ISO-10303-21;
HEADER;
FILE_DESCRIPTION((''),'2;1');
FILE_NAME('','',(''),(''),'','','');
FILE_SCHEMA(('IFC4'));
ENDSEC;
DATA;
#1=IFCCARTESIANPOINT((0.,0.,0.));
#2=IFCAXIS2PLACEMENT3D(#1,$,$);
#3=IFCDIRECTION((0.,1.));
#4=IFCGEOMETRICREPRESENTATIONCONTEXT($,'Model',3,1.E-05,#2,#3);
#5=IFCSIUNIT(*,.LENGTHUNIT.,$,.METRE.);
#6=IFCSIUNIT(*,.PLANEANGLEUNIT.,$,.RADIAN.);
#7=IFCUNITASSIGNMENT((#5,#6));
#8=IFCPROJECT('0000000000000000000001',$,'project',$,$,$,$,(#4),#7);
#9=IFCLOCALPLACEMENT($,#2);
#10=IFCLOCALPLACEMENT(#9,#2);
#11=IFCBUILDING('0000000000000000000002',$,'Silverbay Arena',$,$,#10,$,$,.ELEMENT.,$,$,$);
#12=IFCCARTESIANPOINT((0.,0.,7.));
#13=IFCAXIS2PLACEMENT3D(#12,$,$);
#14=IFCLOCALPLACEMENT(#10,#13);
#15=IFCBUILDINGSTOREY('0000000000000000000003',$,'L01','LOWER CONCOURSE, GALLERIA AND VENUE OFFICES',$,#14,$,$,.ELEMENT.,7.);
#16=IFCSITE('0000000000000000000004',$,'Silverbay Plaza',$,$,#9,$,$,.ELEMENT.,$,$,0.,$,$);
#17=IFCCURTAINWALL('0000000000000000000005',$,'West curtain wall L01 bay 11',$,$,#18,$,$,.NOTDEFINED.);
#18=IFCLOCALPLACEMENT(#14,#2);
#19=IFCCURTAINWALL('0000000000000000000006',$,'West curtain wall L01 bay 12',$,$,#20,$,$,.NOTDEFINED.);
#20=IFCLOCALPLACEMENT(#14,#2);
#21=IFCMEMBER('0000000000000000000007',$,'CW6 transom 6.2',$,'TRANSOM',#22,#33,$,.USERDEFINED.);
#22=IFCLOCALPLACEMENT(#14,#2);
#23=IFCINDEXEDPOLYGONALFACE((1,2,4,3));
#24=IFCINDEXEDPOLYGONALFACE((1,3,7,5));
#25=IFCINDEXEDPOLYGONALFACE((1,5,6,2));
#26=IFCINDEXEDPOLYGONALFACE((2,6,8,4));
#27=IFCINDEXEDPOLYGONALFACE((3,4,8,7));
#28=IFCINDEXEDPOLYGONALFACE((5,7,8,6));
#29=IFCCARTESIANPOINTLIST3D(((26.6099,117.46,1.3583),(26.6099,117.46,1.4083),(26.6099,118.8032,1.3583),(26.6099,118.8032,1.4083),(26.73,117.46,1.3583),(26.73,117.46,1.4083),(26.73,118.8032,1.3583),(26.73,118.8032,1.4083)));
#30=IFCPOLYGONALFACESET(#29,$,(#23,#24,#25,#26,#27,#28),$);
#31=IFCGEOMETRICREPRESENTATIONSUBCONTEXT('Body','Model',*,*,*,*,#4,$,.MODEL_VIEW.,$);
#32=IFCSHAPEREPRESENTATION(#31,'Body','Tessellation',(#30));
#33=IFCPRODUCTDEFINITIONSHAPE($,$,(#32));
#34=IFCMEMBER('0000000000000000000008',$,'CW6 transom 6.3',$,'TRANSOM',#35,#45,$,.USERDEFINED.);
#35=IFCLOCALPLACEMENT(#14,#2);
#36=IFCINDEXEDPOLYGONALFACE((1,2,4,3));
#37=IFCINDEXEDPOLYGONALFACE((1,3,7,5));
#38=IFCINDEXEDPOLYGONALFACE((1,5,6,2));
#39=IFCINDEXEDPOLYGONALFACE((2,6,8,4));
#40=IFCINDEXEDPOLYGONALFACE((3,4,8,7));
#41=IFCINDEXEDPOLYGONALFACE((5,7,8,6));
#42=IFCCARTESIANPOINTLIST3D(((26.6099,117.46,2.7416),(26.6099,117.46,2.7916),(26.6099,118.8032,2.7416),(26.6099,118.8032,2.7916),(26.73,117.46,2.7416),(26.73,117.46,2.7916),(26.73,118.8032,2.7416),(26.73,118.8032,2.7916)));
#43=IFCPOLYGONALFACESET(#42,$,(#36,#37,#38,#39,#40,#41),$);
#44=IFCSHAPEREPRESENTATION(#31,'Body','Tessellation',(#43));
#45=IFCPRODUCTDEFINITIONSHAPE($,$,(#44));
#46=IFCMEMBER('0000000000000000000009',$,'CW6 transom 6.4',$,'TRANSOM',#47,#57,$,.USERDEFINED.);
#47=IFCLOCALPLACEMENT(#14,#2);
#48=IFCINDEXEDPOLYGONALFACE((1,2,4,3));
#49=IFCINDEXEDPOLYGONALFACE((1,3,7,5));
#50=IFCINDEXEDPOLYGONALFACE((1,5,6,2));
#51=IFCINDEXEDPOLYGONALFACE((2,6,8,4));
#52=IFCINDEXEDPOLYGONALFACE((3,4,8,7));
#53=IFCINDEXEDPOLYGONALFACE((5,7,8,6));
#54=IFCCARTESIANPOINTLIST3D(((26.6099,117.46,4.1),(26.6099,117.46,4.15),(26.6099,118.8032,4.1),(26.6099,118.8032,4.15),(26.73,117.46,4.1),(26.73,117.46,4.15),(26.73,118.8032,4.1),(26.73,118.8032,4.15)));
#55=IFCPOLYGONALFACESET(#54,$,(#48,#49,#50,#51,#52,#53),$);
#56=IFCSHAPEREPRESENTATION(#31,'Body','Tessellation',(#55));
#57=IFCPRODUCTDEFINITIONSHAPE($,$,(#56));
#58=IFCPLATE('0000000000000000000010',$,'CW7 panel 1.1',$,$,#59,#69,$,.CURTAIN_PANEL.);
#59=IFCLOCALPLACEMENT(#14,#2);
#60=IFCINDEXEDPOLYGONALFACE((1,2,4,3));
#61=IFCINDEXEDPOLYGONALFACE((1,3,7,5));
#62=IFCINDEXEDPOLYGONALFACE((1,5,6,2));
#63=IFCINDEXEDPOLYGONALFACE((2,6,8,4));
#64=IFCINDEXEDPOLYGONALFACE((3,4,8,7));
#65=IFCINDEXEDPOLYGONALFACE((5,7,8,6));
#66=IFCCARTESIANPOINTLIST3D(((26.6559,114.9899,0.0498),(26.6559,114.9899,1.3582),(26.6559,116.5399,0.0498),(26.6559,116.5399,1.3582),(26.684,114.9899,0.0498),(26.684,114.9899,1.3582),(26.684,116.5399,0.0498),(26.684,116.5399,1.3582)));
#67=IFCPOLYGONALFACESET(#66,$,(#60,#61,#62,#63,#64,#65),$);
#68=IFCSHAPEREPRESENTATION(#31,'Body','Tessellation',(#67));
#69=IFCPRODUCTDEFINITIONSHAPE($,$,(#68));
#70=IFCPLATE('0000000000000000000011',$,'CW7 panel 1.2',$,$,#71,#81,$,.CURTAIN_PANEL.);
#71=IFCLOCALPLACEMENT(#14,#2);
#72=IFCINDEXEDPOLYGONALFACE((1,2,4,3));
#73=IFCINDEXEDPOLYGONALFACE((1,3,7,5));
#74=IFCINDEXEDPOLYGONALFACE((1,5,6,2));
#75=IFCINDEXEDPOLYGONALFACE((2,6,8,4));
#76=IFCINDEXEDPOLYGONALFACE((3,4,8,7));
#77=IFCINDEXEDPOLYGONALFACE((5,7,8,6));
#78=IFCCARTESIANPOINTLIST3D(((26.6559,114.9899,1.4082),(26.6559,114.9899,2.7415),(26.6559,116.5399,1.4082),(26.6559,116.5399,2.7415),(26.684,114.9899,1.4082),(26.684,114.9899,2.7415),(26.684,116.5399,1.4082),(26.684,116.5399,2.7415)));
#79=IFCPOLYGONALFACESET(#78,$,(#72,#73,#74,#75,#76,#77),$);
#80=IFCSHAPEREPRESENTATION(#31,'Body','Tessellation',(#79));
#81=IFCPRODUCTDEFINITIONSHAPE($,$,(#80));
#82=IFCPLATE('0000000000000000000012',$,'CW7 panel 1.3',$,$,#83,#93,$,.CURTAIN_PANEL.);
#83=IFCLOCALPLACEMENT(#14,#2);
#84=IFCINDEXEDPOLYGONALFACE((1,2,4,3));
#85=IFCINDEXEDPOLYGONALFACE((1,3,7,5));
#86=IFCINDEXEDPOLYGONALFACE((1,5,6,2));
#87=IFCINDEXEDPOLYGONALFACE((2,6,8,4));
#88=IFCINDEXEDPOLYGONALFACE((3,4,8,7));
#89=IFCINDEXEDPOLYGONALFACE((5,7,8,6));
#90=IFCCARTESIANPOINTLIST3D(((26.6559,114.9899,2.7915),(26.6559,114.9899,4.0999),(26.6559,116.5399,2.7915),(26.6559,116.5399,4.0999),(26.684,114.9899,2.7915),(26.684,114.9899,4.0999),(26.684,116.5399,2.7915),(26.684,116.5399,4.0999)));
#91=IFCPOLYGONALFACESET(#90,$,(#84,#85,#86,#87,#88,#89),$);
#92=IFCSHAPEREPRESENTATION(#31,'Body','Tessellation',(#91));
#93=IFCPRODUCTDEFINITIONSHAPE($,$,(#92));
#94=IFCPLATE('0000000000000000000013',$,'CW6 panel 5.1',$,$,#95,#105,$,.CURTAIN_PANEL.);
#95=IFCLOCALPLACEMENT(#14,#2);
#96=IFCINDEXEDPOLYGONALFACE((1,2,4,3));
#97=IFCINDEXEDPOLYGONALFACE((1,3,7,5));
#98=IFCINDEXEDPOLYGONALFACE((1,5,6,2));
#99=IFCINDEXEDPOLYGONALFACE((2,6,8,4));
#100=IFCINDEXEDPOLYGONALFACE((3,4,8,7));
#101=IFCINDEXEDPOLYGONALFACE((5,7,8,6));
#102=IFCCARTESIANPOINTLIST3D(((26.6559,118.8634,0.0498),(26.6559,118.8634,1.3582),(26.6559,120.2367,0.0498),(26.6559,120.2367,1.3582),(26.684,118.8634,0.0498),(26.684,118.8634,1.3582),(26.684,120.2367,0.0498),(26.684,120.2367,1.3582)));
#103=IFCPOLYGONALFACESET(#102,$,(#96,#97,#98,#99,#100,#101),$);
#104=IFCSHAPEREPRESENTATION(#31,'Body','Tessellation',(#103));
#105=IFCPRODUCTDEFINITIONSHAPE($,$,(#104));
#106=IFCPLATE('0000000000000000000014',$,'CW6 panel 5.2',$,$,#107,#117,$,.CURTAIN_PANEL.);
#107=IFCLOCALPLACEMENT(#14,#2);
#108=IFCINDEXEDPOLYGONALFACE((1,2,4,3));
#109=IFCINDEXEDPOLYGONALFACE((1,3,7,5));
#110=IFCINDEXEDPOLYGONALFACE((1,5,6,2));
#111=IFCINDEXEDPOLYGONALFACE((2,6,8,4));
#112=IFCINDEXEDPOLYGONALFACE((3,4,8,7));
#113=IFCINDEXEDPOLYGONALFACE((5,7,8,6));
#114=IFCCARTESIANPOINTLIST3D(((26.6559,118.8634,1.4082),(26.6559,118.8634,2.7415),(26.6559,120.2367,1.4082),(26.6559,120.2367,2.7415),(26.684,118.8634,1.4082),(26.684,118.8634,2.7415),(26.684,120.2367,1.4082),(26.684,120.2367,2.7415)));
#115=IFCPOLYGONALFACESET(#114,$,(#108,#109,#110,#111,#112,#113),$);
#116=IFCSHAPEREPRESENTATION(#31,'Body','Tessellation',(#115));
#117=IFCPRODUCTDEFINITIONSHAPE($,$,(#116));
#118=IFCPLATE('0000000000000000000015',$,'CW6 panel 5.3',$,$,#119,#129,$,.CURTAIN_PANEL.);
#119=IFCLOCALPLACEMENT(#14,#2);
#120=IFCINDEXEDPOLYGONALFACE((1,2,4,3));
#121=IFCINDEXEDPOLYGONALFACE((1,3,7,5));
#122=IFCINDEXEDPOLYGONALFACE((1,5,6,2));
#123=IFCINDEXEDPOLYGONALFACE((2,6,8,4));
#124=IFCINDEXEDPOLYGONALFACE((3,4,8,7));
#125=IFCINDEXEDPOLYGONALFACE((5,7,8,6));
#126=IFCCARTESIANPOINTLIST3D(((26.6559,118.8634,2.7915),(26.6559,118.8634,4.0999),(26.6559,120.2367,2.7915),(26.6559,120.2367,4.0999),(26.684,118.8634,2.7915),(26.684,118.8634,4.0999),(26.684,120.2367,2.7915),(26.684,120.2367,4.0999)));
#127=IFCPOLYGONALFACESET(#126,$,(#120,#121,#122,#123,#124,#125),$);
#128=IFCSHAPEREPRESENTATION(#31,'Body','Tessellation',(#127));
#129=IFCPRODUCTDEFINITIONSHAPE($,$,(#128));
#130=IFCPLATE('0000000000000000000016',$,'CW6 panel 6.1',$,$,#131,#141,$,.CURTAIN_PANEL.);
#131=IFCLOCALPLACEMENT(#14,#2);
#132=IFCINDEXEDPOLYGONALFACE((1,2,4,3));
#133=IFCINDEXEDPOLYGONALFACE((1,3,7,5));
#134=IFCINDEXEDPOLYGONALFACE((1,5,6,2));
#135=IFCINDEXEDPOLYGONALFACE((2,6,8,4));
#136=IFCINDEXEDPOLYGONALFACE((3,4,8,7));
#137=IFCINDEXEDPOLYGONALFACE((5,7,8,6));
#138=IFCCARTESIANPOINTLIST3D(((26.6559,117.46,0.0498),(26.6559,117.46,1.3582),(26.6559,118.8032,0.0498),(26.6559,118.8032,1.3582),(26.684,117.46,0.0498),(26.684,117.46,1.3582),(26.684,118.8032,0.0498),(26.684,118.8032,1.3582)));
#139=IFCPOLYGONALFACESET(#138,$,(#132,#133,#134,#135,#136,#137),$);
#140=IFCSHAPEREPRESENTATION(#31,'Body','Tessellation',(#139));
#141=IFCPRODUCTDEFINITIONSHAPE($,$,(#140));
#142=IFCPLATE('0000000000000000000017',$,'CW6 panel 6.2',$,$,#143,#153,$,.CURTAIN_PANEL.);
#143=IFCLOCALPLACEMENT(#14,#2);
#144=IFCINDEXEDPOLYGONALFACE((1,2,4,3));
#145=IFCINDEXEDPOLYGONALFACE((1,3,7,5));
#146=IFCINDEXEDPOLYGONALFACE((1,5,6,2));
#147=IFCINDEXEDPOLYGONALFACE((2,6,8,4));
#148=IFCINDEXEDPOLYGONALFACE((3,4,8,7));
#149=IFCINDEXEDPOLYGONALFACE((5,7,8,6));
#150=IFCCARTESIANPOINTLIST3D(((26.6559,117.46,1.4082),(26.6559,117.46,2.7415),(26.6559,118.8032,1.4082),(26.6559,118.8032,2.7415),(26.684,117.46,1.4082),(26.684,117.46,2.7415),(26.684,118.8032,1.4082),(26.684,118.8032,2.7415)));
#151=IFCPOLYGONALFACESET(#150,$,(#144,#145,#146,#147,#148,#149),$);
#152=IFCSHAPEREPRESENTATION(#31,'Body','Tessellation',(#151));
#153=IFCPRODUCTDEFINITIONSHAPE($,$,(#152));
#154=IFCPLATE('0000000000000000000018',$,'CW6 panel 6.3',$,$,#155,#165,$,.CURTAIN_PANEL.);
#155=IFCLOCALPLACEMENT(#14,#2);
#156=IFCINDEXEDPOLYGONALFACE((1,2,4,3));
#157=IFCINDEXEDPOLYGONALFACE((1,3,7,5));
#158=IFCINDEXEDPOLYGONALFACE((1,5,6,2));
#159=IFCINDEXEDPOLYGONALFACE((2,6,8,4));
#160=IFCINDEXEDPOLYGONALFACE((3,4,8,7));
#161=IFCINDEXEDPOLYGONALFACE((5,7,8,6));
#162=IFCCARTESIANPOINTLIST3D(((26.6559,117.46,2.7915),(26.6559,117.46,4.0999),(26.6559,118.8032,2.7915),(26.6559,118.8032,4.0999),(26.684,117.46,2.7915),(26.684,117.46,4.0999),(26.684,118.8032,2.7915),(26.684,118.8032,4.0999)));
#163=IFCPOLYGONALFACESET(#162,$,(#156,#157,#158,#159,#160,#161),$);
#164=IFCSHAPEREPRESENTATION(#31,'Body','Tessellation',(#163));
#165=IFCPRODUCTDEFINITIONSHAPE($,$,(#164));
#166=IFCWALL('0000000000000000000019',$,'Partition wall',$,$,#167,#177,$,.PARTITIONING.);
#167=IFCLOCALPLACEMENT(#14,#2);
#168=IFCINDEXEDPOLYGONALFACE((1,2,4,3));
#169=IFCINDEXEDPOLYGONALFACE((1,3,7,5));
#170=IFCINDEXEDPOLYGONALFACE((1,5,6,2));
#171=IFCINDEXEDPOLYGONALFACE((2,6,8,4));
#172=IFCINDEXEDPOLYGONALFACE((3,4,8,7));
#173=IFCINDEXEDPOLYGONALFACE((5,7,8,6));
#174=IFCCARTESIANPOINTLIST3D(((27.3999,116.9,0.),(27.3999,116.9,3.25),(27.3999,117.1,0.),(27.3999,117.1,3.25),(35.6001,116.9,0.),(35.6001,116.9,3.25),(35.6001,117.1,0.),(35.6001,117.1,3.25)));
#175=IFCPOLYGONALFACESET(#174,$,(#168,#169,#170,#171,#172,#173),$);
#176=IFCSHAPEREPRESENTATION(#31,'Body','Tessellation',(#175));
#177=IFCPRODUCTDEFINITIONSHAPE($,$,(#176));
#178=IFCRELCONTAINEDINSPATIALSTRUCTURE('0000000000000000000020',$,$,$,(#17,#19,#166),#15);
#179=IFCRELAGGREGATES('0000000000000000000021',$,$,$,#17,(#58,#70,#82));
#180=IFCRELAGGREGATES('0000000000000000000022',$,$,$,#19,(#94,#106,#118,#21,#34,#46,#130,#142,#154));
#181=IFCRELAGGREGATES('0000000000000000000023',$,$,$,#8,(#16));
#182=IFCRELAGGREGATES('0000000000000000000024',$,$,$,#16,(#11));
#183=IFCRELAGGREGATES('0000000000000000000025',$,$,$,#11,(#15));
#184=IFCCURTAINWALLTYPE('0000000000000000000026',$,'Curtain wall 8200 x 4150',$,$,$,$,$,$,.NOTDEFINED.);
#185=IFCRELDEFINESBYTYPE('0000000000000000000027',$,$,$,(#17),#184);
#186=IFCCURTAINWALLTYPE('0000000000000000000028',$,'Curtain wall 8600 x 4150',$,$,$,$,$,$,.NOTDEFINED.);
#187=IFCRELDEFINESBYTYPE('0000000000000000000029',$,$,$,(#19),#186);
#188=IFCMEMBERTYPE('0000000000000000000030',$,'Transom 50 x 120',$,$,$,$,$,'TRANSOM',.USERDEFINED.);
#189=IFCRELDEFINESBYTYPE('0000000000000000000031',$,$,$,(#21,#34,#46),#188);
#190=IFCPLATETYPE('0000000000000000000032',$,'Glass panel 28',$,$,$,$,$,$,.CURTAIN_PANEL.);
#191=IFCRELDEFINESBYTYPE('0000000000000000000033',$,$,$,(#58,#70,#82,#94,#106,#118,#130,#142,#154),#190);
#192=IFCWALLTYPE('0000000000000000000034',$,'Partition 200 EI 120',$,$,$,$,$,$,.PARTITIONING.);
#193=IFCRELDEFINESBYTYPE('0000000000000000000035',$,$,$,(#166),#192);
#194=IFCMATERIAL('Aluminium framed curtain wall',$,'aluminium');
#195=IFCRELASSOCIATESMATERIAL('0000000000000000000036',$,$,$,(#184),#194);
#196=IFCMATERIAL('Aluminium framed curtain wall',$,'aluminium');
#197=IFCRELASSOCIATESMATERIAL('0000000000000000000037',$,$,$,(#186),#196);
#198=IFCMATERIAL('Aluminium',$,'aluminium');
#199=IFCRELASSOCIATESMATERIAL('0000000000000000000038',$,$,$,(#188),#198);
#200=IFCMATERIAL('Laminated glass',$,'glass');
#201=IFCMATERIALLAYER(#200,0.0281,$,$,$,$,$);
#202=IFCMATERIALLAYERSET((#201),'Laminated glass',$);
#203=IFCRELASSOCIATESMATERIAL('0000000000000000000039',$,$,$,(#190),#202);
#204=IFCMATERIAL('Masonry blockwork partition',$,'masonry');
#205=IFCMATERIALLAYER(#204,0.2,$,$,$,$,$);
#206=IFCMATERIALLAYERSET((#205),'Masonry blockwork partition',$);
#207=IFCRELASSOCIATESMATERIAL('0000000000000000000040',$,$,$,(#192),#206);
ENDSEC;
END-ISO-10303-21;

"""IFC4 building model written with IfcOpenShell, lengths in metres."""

from ifc_helpers import new_model, si_unit, direction, frame, frame_2d, origin, origin_2d, place, context, subcontext, project, spatial, rectangle, extrude, material, layer, layer_set, material_profile, profile_set, type_object, element, aggregate, save


model = new_model("IFC4")

# Units and contexts
model_context = context("Model", 3, precision=1e-05, world=origin(), true_north=direction((0.0, 1.0)))
body_context = subcontext(model_context, "Body", "Model", "MODEL_VIEW")
ifc_project = project(units=[si_unit("LENGTHUNIT", "METRE"), si_unit("PLANEANGLEUNIT", "RADIAN")], contexts=[model_context])

# Site, building, storey
site_placement = place(None, origin())
site = spatial("IfcSite", under=ifc_project, at=site_placement, Name="Silverbay Plaza", CompositionType="ELEMENT", RefElevation=0.0)
building_placement = place(site_placement, origin())
building = spatial("IfcBuilding", under=site, at=building_placement, Name="Silverbay Arena", CompositionType="ELEMENT")
storey_placement = place(building_placement, frame((0.0, 0.0, 7.0)))
storey = spatial("IfcBuildingStorey", under=building, at=storey_placement, Name="L01", Description="LOWER CONCOURSE, GALLERIA AND VENUE OFFICES", CompositionType="ELEMENT", Elevation=7.0)

# Curtain walls
ifc_material_1 = material(Name="Aluminium framed curtain wall", Category="aluminium")
curtain_wall_type_1 = type_object("IfcCurtainWallType", Name="Curtain wall 8200 x 4150", PredefinedType="NOTDEFINED", material=ifc_material_1)
curtain_wall_1_placement = place(storey_placement, origin())
curtain_wall_1 = element("IfcCurtainWall", 1, at=curtain_wall_1_placement, inside=storey, type_object=curtain_wall_type_1, Name="West curtain wall L01 bay 11", PredefinedType="NOTDEFINED")
ifc_material_2 = material(Name="Aluminium framed curtain wall", Category="aluminium")
curtain_wall_type_2 = type_object("IfcCurtainWallType", Name="Curtain wall 8600 x 4150", PredefinedType="NOTDEFINED", material=ifc_material_2)
curtain_wall_2_placement = place(storey_placement, origin())
curtain_wall_2 = element("IfcCurtainWall", 2, at=curtain_wall_2_placement, inside=storey, type_object=curtain_wall_type_2, Name="West curtain wall L01 bay 12", PredefinedType="NOTDEFINED")

# Members
ifc_material_3 = material(Name="Aluminium", Category="aluminium")
ifc_material_profile_1 = material_profile(ifc_material_3, rectangle(XDim=0.1201, YDim=0.05, at=origin_2d()), Name="Transom 50 x 120")
ifc_profile_set_1 = profile_set([ifc_material_profile_1], Name="Aluminium")
member_type_1 = type_object("IfcMemberType", Name="Transom 50 x 120", ElementType="TRANSOM", PredefinedType="USERDEFINED", material=ifc_profile_set_1)
member_1_placement = place(storey_placement, frame((26.6699, 118.8032, 1.3833), z_axis=(0.0, -1.0, 0.0), x_axis=(1.0, 0.0, 0.0)))
member_1 = element("IfcMember", 3, at=member_1_placement, type_object=member_type_1, Name="CW6 transom 6.2", ObjectType="TRANSOM", PredefinedType="USERDEFINED", context=body_context, shape_type="SweptSolid", body=[
    extrude(rectangle(XDim=0.1201, YDim=0.05, at=origin_2d()), origin(), (0.0, 0.0, 1.0), 1.3433),
])
member_2_placement = place(storey_placement, frame((26.6699, 118.8032, 2.7666), z_axis=(0.0, -1.0, 0.0), x_axis=(1.0, 0.0, 0.0)))
member_2 = element("IfcMember", 4, at=member_2_placement, type_object=member_type_1, Name="CW6 transom 6.3", ObjectType="TRANSOM", PredefinedType="USERDEFINED", context=body_context, shape_type="SweptSolid", body=[
    extrude(rectangle(XDim=0.1201, YDim=0.05, at=origin_2d()), origin(), (0.0, 0.0, 1.0), 1.3433),
])
member_3_placement = place(storey_placement, frame((26.6699, 118.8032, 4.125), z_axis=(0.0, -1.0, 0.0), x_axis=(1.0, 0.0, 0.0)))
member_3 = element("IfcMember", 5, at=member_3_placement, type_object=member_type_1, Name="CW6 transom 6.4", ObjectType="TRANSOM", PredefinedType="USERDEFINED", context=body_context, shape_type="SweptSolid", body=[
    extrude(rectangle(XDim=0.1201, YDim=0.05, at=origin_2d()), origin(), (0.0, 0.0, 1.0), 1.3433),
])

# Plates
ifc_material_4 = material(Name="Laminated glass", Category="glass")
ifc_layer_1 = layer(ifc_material_4, 0.0281)
ifc_layer_set_1 = layer_set([ifc_layer_1], Name="Laminated glass")
plate_type = type_object("IfcPlateType", Name="Glass panel 28", PredefinedType="CURTAIN_PANEL", material=ifc_layer_set_1)
plate_1_placement = place(storey_placement, frame((26.6699, 115.7649, 0.0498), z_axis=(0.0, 0.0, 1.0), x_axis=(0.0, -1.0, 0.0)))
plate_1 = element("IfcPlate", 6, at=plate_1_placement, type_object=plate_type, Name="CW7 panel 1.1", PredefinedType="CURTAIN_PANEL", context=body_context, shape_type="SweptSolid", body=[
    extrude(rectangle(XDim=1.55, YDim=0.0281, at=origin_2d()), origin(), (0.0, 0.0, 1.0), 1.3083),
])
plate_2_placement = place(storey_placement, frame((26.6699, 115.7649, 1.4082), z_axis=(0.0, 0.0, 1.0), x_axis=(0.0, -1.0, 0.0)))
plate_2 = element("IfcPlate", 7, at=plate_2_placement, type_object=plate_type, Name="CW7 panel 1.2", PredefinedType="CURTAIN_PANEL", context=body_context, shape_type="SweptSolid", body=[
    extrude(rectangle(XDim=1.55, YDim=0.0281, at=origin_2d()), origin(), (0.0, 0.0, 1.0), 1.3333),
])
plate_3_placement = place(storey_placement, frame((26.6699, 115.7649, 2.7915), z_axis=(0.0, 0.0, 1.0), x_axis=(0.0, -1.0, 0.0)))
plate_3 = element("IfcPlate", 8, at=plate_3_placement, type_object=plate_type, Name="CW7 panel 1.3", PredefinedType="CURTAIN_PANEL", context=body_context, shape_type="SweptSolid", body=[
    extrude(rectangle(XDim=1.55, YDim=0.0281, at=origin_2d()), origin(), (0.0, 0.0, 1.0), 1.3083),
])
aggregate(curtain_wall_1, [plate_1, plate_2, plate_3])
plate_4_placement = place(storey_placement, frame((26.6699, 119.55, 0.0498), z_axis=(0.0, 0.0, 1.0), x_axis=(0.0, -1.0, 0.0)))
plate_4 = element("IfcPlate", 9, at=plate_4_placement, type_object=plate_type, Name="CW6 panel 5.1", PredefinedType="CURTAIN_PANEL", context=body_context, shape_type="SweptSolid", body=[
    extrude(rectangle(XDim=1.3733, YDim=0.0281, at=origin_2d()), origin(), (0.0, 0.0, 1.0), 1.3083),
])
plate_5_placement = place(storey_placement, frame((26.6699, 119.55, 1.4082), z_axis=(0.0, 0.0, 1.0), x_axis=(0.0, -1.0, 0.0)))
plate_5 = element("IfcPlate", 10, at=plate_5_placement, type_object=plate_type, Name="CW6 panel 5.2", PredefinedType="CURTAIN_PANEL", context=body_context, shape_type="SweptSolid", body=[
    extrude(rectangle(XDim=1.3733, YDim=0.0281, at=origin_2d()), origin(), (0.0, 0.0, 1.0), 1.3333),
])
plate_6_placement = place(storey_placement, frame((26.6699, 119.55, 2.7915), z_axis=(0.0, 0.0, 1.0), x_axis=(0.0, -1.0, 0.0)))
plate_6 = element("IfcPlate", 11, at=plate_6_placement, type_object=plate_type, Name="CW6 panel 5.3", PredefinedType="CURTAIN_PANEL", context=body_context, shape_type="SweptSolid", body=[
    extrude(rectangle(XDim=1.3733, YDim=0.0281, at=origin_2d()), origin(), (0.0, 0.0, 1.0), 1.3083),
])
plate_7_placement = place(storey_placement, frame((26.6699, 118.1316, 0.0498), z_axis=(0.0, 0.0, 1.0), x_axis=(0.0, -1.0, 0.0)))
plate_7 = element("IfcPlate", 12, at=plate_7_placement, type_object=plate_type, Name="CW6 panel 6.1", PredefinedType="CURTAIN_PANEL", context=body_context, shape_type="SweptSolid", body=[
    extrude(rectangle(XDim=1.3433, YDim=0.0281, at=origin_2d()), origin(), (0.0, 0.0, 1.0), 1.3083),
])
plate_8_placement = place(storey_placement, frame((26.6699, 118.1316, 1.4082), z_axis=(0.0, 0.0, 1.0), x_axis=(0.0, -1.0, 0.0)))
plate_8 = element("IfcPlate", 13, at=plate_8_placement, type_object=plate_type, Name="CW6 panel 6.2", PredefinedType="CURTAIN_PANEL", context=body_context, shape_type="SweptSolid", body=[
    extrude(rectangle(XDim=1.3433, YDim=0.0281, at=origin_2d()), origin(), (0.0, 0.0, 1.0), 1.3333),
])
plate_9_placement = place(storey_placement, frame((26.6699, 118.1316, 2.7915), z_axis=(0.0, 0.0, 1.0), x_axis=(0.0, -1.0, 0.0)))
plate_9 = element("IfcPlate", 14, at=plate_9_placement, type_object=plate_type, Name="CW6 panel 6.3", PredefinedType="CURTAIN_PANEL", context=body_context, shape_type="SweptSolid", body=[
    extrude(rectangle(XDim=1.3433, YDim=0.0281, at=origin_2d()), origin(), (0.0, 0.0, 1.0), 1.3083),
])
aggregate(curtain_wall_2, [plate_4, plate_5, plate_6, member_1, member_2, member_3, plate_7, plate_8, plate_9])

# Wall
ifc_material_5 = material(Name="Masonry blockwork partition", Category="masonry")
ifc_layer_2 = layer(ifc_material_5, 0.2)
ifc_layer_set_2 = layer_set([ifc_layer_2], Name="Masonry blockwork partition")
wall_type = type_object("IfcWallType", Name="Partition 200 EI 120", PredefinedType="PARTITIONING", material=ifc_layer_set_2)
wall_1_placement = place(storey_placement, frame((27.3999, 117.0, 0.0), z_axis=(0.0, 0.0, 1.0), x_axis=(1.0, 0.0, 0.0)))
element("IfcWall", 15, at=wall_1_placement, inside=storey, type_object=wall_type, Name="Partition wall", PredefinedType="PARTITIONING", context=body_context, shape_type="SweptSolid", body=[
    extrude(rectangle(XDim=8.2002, YDim=0.2, at=frame_2d((4.1001, 0.0))), origin(), (0.0, 0.0, 1.0), 3.25),
])

save(model, "model.ifc")
